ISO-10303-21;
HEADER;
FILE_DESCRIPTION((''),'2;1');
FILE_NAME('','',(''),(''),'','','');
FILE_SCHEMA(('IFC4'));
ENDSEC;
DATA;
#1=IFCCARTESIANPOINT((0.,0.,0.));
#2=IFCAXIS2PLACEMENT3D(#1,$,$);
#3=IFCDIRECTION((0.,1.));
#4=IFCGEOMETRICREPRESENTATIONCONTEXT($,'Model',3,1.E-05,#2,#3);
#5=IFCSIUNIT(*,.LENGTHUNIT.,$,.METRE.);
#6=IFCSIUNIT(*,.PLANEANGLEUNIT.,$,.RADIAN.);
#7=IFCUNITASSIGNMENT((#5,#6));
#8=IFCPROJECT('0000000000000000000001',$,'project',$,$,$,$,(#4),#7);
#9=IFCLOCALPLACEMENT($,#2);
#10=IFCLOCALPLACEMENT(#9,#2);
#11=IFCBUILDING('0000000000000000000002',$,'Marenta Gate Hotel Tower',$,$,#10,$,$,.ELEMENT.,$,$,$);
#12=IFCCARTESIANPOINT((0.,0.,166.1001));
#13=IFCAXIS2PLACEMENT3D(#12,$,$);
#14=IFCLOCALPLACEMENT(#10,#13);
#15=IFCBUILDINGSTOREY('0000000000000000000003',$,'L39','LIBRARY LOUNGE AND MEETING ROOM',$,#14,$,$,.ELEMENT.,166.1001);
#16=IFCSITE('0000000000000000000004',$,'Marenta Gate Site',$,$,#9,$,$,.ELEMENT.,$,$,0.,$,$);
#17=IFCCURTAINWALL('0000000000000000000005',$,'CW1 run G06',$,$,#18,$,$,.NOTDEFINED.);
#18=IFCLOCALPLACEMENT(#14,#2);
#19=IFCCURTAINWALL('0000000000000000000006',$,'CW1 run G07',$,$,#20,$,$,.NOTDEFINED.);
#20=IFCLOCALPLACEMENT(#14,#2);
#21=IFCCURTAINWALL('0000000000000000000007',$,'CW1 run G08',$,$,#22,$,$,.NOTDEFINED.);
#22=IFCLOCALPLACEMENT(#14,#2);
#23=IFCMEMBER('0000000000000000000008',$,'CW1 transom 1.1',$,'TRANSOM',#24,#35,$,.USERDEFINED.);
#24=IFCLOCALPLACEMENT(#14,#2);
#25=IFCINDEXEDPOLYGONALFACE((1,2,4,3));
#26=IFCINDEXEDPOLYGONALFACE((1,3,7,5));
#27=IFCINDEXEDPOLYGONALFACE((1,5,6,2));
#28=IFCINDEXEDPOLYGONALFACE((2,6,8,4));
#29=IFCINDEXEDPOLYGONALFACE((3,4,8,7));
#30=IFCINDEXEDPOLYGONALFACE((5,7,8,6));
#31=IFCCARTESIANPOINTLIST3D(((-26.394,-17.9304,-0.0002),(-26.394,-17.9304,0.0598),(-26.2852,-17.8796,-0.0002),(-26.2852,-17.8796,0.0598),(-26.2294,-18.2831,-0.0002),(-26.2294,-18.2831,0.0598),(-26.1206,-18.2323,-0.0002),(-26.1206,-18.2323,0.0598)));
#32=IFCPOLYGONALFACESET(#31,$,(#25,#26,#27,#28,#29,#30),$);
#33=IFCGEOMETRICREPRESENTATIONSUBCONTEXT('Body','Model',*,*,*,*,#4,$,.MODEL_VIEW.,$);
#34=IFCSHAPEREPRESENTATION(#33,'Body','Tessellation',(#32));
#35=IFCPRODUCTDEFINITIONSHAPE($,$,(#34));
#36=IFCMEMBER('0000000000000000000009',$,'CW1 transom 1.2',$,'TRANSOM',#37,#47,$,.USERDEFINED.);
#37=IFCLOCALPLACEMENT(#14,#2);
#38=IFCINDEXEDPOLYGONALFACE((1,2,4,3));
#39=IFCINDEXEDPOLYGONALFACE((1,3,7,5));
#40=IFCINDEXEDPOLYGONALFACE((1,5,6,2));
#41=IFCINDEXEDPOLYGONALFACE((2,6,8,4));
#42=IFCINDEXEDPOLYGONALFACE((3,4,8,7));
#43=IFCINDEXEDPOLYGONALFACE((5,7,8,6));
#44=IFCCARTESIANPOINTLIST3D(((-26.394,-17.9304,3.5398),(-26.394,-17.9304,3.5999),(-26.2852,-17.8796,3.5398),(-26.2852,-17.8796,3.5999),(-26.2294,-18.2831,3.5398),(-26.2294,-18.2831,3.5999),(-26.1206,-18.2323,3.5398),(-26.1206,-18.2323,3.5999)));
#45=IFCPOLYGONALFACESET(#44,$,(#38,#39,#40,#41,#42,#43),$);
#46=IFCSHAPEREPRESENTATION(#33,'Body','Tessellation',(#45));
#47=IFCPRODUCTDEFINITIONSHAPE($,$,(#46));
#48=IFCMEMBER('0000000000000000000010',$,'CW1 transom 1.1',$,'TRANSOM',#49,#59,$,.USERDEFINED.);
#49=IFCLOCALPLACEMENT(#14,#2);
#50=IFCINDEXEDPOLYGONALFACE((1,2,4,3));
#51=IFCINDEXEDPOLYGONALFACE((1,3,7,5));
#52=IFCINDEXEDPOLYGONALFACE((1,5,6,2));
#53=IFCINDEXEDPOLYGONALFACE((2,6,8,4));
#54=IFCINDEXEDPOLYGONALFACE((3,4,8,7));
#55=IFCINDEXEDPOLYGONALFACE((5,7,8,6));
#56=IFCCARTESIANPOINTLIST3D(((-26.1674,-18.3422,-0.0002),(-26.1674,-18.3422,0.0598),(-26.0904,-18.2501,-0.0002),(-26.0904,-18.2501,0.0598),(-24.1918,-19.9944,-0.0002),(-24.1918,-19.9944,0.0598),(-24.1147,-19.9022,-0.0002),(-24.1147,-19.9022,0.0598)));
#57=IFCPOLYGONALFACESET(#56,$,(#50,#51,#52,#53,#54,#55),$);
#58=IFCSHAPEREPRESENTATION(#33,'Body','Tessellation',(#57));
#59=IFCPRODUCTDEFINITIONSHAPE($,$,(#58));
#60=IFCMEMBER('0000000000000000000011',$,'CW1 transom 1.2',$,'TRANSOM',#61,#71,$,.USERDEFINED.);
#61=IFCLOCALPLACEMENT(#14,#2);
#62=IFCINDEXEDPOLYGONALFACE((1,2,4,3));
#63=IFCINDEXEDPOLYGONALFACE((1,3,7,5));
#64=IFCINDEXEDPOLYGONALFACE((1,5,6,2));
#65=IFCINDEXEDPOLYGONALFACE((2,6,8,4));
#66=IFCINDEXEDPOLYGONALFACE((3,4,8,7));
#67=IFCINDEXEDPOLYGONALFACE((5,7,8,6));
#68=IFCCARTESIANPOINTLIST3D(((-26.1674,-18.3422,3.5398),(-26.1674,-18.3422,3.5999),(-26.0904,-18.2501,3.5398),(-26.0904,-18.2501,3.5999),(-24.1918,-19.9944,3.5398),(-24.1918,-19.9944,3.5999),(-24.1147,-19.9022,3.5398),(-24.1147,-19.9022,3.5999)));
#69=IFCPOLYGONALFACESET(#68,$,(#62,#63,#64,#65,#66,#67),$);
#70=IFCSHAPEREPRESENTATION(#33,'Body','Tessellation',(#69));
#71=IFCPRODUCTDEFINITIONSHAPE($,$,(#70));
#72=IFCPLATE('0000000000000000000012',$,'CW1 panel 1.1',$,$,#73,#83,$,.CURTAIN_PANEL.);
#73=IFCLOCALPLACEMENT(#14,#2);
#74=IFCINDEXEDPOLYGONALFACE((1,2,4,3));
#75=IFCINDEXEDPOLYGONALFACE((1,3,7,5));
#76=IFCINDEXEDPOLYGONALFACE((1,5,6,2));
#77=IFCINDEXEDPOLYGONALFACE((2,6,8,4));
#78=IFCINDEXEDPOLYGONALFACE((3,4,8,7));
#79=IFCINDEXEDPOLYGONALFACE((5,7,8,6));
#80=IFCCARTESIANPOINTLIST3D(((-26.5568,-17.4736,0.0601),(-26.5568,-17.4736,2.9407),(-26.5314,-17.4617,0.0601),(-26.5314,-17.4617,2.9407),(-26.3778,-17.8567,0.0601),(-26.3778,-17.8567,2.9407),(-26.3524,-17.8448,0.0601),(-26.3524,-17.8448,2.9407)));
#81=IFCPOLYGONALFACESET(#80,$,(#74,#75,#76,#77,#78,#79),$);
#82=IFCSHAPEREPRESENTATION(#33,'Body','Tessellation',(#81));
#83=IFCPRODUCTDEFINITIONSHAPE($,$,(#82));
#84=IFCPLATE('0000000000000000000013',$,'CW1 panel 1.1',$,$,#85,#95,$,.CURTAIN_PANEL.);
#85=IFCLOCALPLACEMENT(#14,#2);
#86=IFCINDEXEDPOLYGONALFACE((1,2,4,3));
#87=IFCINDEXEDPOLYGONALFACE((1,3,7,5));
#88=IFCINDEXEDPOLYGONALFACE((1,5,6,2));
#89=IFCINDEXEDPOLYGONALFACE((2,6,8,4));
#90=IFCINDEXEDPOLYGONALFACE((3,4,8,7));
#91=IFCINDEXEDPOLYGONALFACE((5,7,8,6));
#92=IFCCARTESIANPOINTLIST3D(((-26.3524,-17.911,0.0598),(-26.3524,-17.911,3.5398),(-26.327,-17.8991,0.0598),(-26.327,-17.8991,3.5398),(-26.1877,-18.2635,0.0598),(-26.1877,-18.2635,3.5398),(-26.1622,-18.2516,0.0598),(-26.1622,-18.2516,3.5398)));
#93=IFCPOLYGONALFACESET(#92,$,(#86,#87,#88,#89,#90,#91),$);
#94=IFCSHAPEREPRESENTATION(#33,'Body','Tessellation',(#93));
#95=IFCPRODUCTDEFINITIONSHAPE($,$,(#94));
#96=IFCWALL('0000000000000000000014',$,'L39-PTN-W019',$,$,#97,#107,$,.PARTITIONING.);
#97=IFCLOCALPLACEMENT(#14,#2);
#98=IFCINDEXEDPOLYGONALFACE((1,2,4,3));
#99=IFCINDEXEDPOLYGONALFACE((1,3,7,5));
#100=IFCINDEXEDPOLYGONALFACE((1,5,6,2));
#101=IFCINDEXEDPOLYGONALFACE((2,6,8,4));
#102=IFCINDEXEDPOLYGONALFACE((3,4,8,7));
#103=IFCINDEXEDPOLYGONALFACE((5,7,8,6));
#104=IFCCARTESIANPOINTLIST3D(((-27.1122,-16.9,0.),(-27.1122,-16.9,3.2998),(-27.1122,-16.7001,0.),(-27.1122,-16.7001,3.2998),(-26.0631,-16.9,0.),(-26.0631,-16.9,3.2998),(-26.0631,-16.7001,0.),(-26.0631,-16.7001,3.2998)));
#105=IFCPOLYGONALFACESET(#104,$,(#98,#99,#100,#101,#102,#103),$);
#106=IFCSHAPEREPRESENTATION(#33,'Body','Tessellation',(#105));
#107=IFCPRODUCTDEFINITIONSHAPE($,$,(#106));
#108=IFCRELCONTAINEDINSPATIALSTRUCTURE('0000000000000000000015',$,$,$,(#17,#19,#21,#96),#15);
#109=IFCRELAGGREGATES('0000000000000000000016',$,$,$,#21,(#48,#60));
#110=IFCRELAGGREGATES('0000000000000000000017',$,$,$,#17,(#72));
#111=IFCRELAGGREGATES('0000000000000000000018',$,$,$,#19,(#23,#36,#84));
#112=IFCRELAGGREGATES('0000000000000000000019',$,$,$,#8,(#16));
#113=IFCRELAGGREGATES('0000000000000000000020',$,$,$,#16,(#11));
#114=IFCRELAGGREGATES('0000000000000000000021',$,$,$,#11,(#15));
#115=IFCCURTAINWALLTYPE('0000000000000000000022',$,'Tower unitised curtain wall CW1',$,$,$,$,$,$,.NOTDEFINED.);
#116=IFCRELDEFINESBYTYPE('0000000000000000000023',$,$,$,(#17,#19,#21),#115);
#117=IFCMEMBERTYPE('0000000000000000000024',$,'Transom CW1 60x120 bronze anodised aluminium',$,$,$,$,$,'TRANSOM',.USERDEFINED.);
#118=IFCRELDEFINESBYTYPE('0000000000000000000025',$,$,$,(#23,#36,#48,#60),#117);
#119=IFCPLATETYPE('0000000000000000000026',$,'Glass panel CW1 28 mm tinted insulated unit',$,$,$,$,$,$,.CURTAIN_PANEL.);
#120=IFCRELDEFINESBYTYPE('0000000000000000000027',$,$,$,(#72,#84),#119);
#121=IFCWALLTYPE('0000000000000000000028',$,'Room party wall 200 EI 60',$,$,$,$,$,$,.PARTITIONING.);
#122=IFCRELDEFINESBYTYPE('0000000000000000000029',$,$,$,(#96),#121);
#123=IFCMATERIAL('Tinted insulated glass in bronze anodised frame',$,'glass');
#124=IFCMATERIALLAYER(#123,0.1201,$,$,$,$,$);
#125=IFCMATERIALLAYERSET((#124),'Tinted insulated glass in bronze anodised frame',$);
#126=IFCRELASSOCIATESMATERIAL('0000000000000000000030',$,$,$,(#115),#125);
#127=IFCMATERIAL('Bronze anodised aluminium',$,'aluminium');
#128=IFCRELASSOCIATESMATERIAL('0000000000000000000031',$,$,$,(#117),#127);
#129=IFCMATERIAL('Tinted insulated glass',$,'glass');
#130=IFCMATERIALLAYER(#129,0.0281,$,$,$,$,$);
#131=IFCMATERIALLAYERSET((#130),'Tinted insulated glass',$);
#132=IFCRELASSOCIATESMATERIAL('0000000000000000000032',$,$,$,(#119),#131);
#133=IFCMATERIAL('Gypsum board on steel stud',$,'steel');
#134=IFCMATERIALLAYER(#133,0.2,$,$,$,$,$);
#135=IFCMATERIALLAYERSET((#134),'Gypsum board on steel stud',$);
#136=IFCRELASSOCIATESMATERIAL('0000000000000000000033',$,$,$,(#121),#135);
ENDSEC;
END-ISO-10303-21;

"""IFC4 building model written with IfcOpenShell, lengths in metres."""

from ifc_helpers import new_model, si_unit, direction, frame, frame_2d, origin, origin_2d, place, context, subcontext, project, spatial, rectangle, extrude, material, layer, layer_set, material_profile, profile_set, type_object, element, aggregate, save


model = new_model("IFC4")

# Units and contexts
model_context = context("Model", 3, precision=1e-05, world=origin(), true_north=direction((0.0, 1.0)))
body_context = subcontext(model_context, "Body", "Model", "MODEL_VIEW")
ifc_project = project(units=[si_unit("LENGTHUNIT", "METRE"), si_unit("PLANEANGLEUNIT", "RADIAN")], contexts=[model_context])

# Site, building, storey
site_placement = place(None, origin())
site = spatial("IfcSite", under=ifc_project, at=site_placement, Name="Marenta Gate Site", CompositionType="ELEMENT", RefElevation=0.0)
building_placement = place(site_placement, origin())
building = spatial("IfcBuilding", under=site, at=building_placement, Name="Marenta Gate Hotel Tower", CompositionType="ELEMENT")
storey_placement = place(building_placement, frame((0.0, 0.0, 166.1001)))
storey = spatial("IfcBuildingStorey", under=building, at=storey_placement, Name="L39", Description="LIBRARY LOUNGE AND MEETING ROOM", CompositionType="ELEMENT", Elevation=166.1001)

# Curtain walls
ifc_material_1 = material(Name="Tinted insulated glass in bronze anodised frame", Category="glass")
ifc_layer_1 = layer(ifc_material_1, 0.1201)
ifc_layer_set_1 = layer_set([ifc_layer_1], Name="Tinted insulated glass in bronze anodised frame")
curtain_wall_type = type_object("IfcCurtainWallType", Name="Tower unitised curtain wall CW1", PredefinedType="NOTDEFINED", material=ifc_layer_set_1)
curtain_wall_1_placement = place(storey_placement, origin())
curtain_wall_1 = element("IfcCurtainWall", 1, at=curtain_wall_1_placement, inside=storey, type_object=curtain_wall_type, Name="CW1 run G06", PredefinedType="NOTDEFINED")
curtain_wall_2_placement = place(storey_placement, origin())
curtain_wall_2 = element("IfcCurtainWall", 2, at=curtain_wall_2_placement, inside=storey, type_object=curtain_wall_type, Name="CW1 run G07", PredefinedType="NOTDEFINED")
curtain_wall_3_placement = place(storey_placement, origin())
curtain_wall_3 = element("IfcCurtainWall", 3, at=curtain_wall_3_placement, inside=storey, type_object=curtain_wall_type, Name="CW1 run G08", PredefinedType="NOTDEFINED")

# Members
ifc_material_2 = material(Name="Bronze anodised aluminium", Category="aluminium")
ifc_material_profile_1 = material_profile(ifc_material_2, rectangle(XDim=0.1201, YDim=0.0601, at=origin_2d()), Name="Transom CW1 60x120 bronze anodised aluminium")
ifc_profile_set_1 = profile_set([ifc_material_profile_1], Name="Bronze anodised aluminium")
member_type_1 = type_object("IfcMemberType", Name="Transom CW1 60x120 bronze anodised aluminium", ElementType="TRANSOM", PredefinedType="USERDEFINED", material=ifc_profile_set_1)
member_1_placement = place(storey_placement, frame((-26.3396, -17.905, 0.0298), z_axis=(0.422954, -0.906151, 0.0), x_axis=(0.906151, 0.422954, 0.0)))
member_1 = element("IfcMember", 4, at=member_1_placement, type_object=member_type_1, Name="CW1 transom 1.1", ObjectType="TRANSOM", PredefinedType="USERDEFINED", context=body_context, shape_type="SweptSolid", body=[
    extrude(rectangle(XDim=0.1201, YDim=0.0601, at=origin_2d()), origin(), (0.0, 0.0, 1.0), 0.3892),
])
member_2_placement = place(storey_placement, frame((-26.3396, -17.905, 3.5698), z_axis=(0.422954, -0.906151, 0.0), x_axis=(0.906151, 0.422954, 0.0)))
member_2 = element("IfcMember", 5, at=member_2_placement, type_object=member_type_1, Name="CW1 transom 1.2", ObjectType="TRANSOM", PredefinedType="USERDEFINED", context=body_context, shape_type="SweptSolid", body=[
    extrude(rectangle(XDim=0.1201, YDim=0.0601, at=origin_2d()), origin(), (0.0, 0.0, 1.0), 0.3892),
])
member_3_placement = place(storey_placement, frame((-26.1289, -18.2961, 0.0298), z_axis=(0.767117, -0.641508, 0.0), x_axis=(0.641508, 0.767117, 0.0)))
member_3 = element("IfcMember", 6, at=member_3_placement, type_object=member_type_1, Name="CW1 transom 1.1", ObjectType="TRANSOM", PredefinedType="USERDEFINED", context=body_context, shape_type="SweptSolid", body=[
    extrude(rectangle(XDim=0.1201, YDim=0.0601, at=origin_2d()), origin(), (0.0, 0.0, 1.0), 2.5754),
])
member_4_placement = place(storey_placement, frame((-26.1289, -18.2961, 3.5698), z_axis=(0.767117, -0.641508, 0.0), x_axis=(0.641508, 0.767117, 0.0)))
member_4 = element("IfcMember", 7, at=member_4_placement, type_object=member_type_1, Name="CW1 transom 1.2", ObjectType="TRANSOM", PredefinedType="USERDEFINED", context=body_context, shape_type="SweptSolid", body=[
    extrude(rectangle(XDim=0.1201, YDim=0.0601, at=origin_2d()), origin(), (0.0, 0.0, 1.0), 2.5754),
])
aggregate(curtain_wall_3, [member_3, member_4])

# Plates
ifc_material_3 = material(Name="Tinted insulated glass", Category="glass")
ifc_layer_2 = layer(ifc_material_3, 0.0281)
ifc_layer_set_2 = layer_set([ifc_layer_2], Name="Tinted insulated glass")
plate_type = type_object("IfcPlateType", Name="Glass panel CW1 28 mm tinted insulated unit", PredefinedType="CURTAIN_PANEL", material=ifc_layer_set_2)
plate_1_placement = place(storey_placement, frame((-26.4546, -17.6592, 0.0601), z_axis=(0.0, 0.0, 1.0), x_axis=(0.423362, -0.905961, 0.0)))
plate_1 = element("IfcPlate", 8, at=plate_1_placement, type_object=plate_type, Name="CW1 panel 1.1", PredefinedType="CURTAIN_PANEL", context=body_context, shape_type="SweptSolid", body=[
    extrude(rectangle(XDim=0.4229, YDim=0.0281, at=origin_2d()), origin(), (0.0, 0.0, 1.0), 2.8806),
])
aggregate(curtain_wall_1, [plate_1])
plate_2_placement = place(storey_placement, frame((-26.2573, -18.0813, 0.0598), z_axis=(0.0, 0.0, 1.0), x_axis=(0.423275, -0.906001, 0.0)))
plate_2 = element("IfcPlate", 9, at=plate_2_placement, type_object=plate_type, Name="CW1 panel 1.1", PredefinedType="CURTAIN_PANEL", context=body_context, shape_type="SweptSolid", body=[
    extrude(rectangle(XDim=0.3892, YDim=0.0281, at=origin_2d()), origin(), (0.0, 0.0, 1.0), 3.48),
])
aggregate(curtain_wall_2, [member_1, member_2, plate_2])

# Wall
ifc_material_4 = material(Name="Gypsum board on steel stud", Category="steel")
ifc_layer_3 = layer(ifc_material_4, 0.2)
ifc_layer_set_3 = layer_set([ifc_layer_3], Name="Gypsum board on steel stud")
wall_type = type_object("IfcWallType", Name="Room party wall 200 EI 60", PredefinedType="PARTITIONING", material=ifc_layer_set_3)
wall_placement = place(storey_placement, frame((-27.1121, -16.8, 0.0), z_axis=(0.0, 0.0, 1.0), x_axis=(1.0, 0.0, 0.0)))
element("IfcWall", 10, at=wall_placement, inside=storey, type_object=wall_type, Name="L39-PTN-W019", PredefinedType="PARTITIONING", context=body_context, shape_type="SweptSolid", body=[
    extrude(rectangle(XDim=1.0491, YDim=0.2, at=frame_2d((0.5244, 0.0))), origin(), (0.0, 0.0, 1.0), 3.2998),
])

save(model, "model.ifc")
